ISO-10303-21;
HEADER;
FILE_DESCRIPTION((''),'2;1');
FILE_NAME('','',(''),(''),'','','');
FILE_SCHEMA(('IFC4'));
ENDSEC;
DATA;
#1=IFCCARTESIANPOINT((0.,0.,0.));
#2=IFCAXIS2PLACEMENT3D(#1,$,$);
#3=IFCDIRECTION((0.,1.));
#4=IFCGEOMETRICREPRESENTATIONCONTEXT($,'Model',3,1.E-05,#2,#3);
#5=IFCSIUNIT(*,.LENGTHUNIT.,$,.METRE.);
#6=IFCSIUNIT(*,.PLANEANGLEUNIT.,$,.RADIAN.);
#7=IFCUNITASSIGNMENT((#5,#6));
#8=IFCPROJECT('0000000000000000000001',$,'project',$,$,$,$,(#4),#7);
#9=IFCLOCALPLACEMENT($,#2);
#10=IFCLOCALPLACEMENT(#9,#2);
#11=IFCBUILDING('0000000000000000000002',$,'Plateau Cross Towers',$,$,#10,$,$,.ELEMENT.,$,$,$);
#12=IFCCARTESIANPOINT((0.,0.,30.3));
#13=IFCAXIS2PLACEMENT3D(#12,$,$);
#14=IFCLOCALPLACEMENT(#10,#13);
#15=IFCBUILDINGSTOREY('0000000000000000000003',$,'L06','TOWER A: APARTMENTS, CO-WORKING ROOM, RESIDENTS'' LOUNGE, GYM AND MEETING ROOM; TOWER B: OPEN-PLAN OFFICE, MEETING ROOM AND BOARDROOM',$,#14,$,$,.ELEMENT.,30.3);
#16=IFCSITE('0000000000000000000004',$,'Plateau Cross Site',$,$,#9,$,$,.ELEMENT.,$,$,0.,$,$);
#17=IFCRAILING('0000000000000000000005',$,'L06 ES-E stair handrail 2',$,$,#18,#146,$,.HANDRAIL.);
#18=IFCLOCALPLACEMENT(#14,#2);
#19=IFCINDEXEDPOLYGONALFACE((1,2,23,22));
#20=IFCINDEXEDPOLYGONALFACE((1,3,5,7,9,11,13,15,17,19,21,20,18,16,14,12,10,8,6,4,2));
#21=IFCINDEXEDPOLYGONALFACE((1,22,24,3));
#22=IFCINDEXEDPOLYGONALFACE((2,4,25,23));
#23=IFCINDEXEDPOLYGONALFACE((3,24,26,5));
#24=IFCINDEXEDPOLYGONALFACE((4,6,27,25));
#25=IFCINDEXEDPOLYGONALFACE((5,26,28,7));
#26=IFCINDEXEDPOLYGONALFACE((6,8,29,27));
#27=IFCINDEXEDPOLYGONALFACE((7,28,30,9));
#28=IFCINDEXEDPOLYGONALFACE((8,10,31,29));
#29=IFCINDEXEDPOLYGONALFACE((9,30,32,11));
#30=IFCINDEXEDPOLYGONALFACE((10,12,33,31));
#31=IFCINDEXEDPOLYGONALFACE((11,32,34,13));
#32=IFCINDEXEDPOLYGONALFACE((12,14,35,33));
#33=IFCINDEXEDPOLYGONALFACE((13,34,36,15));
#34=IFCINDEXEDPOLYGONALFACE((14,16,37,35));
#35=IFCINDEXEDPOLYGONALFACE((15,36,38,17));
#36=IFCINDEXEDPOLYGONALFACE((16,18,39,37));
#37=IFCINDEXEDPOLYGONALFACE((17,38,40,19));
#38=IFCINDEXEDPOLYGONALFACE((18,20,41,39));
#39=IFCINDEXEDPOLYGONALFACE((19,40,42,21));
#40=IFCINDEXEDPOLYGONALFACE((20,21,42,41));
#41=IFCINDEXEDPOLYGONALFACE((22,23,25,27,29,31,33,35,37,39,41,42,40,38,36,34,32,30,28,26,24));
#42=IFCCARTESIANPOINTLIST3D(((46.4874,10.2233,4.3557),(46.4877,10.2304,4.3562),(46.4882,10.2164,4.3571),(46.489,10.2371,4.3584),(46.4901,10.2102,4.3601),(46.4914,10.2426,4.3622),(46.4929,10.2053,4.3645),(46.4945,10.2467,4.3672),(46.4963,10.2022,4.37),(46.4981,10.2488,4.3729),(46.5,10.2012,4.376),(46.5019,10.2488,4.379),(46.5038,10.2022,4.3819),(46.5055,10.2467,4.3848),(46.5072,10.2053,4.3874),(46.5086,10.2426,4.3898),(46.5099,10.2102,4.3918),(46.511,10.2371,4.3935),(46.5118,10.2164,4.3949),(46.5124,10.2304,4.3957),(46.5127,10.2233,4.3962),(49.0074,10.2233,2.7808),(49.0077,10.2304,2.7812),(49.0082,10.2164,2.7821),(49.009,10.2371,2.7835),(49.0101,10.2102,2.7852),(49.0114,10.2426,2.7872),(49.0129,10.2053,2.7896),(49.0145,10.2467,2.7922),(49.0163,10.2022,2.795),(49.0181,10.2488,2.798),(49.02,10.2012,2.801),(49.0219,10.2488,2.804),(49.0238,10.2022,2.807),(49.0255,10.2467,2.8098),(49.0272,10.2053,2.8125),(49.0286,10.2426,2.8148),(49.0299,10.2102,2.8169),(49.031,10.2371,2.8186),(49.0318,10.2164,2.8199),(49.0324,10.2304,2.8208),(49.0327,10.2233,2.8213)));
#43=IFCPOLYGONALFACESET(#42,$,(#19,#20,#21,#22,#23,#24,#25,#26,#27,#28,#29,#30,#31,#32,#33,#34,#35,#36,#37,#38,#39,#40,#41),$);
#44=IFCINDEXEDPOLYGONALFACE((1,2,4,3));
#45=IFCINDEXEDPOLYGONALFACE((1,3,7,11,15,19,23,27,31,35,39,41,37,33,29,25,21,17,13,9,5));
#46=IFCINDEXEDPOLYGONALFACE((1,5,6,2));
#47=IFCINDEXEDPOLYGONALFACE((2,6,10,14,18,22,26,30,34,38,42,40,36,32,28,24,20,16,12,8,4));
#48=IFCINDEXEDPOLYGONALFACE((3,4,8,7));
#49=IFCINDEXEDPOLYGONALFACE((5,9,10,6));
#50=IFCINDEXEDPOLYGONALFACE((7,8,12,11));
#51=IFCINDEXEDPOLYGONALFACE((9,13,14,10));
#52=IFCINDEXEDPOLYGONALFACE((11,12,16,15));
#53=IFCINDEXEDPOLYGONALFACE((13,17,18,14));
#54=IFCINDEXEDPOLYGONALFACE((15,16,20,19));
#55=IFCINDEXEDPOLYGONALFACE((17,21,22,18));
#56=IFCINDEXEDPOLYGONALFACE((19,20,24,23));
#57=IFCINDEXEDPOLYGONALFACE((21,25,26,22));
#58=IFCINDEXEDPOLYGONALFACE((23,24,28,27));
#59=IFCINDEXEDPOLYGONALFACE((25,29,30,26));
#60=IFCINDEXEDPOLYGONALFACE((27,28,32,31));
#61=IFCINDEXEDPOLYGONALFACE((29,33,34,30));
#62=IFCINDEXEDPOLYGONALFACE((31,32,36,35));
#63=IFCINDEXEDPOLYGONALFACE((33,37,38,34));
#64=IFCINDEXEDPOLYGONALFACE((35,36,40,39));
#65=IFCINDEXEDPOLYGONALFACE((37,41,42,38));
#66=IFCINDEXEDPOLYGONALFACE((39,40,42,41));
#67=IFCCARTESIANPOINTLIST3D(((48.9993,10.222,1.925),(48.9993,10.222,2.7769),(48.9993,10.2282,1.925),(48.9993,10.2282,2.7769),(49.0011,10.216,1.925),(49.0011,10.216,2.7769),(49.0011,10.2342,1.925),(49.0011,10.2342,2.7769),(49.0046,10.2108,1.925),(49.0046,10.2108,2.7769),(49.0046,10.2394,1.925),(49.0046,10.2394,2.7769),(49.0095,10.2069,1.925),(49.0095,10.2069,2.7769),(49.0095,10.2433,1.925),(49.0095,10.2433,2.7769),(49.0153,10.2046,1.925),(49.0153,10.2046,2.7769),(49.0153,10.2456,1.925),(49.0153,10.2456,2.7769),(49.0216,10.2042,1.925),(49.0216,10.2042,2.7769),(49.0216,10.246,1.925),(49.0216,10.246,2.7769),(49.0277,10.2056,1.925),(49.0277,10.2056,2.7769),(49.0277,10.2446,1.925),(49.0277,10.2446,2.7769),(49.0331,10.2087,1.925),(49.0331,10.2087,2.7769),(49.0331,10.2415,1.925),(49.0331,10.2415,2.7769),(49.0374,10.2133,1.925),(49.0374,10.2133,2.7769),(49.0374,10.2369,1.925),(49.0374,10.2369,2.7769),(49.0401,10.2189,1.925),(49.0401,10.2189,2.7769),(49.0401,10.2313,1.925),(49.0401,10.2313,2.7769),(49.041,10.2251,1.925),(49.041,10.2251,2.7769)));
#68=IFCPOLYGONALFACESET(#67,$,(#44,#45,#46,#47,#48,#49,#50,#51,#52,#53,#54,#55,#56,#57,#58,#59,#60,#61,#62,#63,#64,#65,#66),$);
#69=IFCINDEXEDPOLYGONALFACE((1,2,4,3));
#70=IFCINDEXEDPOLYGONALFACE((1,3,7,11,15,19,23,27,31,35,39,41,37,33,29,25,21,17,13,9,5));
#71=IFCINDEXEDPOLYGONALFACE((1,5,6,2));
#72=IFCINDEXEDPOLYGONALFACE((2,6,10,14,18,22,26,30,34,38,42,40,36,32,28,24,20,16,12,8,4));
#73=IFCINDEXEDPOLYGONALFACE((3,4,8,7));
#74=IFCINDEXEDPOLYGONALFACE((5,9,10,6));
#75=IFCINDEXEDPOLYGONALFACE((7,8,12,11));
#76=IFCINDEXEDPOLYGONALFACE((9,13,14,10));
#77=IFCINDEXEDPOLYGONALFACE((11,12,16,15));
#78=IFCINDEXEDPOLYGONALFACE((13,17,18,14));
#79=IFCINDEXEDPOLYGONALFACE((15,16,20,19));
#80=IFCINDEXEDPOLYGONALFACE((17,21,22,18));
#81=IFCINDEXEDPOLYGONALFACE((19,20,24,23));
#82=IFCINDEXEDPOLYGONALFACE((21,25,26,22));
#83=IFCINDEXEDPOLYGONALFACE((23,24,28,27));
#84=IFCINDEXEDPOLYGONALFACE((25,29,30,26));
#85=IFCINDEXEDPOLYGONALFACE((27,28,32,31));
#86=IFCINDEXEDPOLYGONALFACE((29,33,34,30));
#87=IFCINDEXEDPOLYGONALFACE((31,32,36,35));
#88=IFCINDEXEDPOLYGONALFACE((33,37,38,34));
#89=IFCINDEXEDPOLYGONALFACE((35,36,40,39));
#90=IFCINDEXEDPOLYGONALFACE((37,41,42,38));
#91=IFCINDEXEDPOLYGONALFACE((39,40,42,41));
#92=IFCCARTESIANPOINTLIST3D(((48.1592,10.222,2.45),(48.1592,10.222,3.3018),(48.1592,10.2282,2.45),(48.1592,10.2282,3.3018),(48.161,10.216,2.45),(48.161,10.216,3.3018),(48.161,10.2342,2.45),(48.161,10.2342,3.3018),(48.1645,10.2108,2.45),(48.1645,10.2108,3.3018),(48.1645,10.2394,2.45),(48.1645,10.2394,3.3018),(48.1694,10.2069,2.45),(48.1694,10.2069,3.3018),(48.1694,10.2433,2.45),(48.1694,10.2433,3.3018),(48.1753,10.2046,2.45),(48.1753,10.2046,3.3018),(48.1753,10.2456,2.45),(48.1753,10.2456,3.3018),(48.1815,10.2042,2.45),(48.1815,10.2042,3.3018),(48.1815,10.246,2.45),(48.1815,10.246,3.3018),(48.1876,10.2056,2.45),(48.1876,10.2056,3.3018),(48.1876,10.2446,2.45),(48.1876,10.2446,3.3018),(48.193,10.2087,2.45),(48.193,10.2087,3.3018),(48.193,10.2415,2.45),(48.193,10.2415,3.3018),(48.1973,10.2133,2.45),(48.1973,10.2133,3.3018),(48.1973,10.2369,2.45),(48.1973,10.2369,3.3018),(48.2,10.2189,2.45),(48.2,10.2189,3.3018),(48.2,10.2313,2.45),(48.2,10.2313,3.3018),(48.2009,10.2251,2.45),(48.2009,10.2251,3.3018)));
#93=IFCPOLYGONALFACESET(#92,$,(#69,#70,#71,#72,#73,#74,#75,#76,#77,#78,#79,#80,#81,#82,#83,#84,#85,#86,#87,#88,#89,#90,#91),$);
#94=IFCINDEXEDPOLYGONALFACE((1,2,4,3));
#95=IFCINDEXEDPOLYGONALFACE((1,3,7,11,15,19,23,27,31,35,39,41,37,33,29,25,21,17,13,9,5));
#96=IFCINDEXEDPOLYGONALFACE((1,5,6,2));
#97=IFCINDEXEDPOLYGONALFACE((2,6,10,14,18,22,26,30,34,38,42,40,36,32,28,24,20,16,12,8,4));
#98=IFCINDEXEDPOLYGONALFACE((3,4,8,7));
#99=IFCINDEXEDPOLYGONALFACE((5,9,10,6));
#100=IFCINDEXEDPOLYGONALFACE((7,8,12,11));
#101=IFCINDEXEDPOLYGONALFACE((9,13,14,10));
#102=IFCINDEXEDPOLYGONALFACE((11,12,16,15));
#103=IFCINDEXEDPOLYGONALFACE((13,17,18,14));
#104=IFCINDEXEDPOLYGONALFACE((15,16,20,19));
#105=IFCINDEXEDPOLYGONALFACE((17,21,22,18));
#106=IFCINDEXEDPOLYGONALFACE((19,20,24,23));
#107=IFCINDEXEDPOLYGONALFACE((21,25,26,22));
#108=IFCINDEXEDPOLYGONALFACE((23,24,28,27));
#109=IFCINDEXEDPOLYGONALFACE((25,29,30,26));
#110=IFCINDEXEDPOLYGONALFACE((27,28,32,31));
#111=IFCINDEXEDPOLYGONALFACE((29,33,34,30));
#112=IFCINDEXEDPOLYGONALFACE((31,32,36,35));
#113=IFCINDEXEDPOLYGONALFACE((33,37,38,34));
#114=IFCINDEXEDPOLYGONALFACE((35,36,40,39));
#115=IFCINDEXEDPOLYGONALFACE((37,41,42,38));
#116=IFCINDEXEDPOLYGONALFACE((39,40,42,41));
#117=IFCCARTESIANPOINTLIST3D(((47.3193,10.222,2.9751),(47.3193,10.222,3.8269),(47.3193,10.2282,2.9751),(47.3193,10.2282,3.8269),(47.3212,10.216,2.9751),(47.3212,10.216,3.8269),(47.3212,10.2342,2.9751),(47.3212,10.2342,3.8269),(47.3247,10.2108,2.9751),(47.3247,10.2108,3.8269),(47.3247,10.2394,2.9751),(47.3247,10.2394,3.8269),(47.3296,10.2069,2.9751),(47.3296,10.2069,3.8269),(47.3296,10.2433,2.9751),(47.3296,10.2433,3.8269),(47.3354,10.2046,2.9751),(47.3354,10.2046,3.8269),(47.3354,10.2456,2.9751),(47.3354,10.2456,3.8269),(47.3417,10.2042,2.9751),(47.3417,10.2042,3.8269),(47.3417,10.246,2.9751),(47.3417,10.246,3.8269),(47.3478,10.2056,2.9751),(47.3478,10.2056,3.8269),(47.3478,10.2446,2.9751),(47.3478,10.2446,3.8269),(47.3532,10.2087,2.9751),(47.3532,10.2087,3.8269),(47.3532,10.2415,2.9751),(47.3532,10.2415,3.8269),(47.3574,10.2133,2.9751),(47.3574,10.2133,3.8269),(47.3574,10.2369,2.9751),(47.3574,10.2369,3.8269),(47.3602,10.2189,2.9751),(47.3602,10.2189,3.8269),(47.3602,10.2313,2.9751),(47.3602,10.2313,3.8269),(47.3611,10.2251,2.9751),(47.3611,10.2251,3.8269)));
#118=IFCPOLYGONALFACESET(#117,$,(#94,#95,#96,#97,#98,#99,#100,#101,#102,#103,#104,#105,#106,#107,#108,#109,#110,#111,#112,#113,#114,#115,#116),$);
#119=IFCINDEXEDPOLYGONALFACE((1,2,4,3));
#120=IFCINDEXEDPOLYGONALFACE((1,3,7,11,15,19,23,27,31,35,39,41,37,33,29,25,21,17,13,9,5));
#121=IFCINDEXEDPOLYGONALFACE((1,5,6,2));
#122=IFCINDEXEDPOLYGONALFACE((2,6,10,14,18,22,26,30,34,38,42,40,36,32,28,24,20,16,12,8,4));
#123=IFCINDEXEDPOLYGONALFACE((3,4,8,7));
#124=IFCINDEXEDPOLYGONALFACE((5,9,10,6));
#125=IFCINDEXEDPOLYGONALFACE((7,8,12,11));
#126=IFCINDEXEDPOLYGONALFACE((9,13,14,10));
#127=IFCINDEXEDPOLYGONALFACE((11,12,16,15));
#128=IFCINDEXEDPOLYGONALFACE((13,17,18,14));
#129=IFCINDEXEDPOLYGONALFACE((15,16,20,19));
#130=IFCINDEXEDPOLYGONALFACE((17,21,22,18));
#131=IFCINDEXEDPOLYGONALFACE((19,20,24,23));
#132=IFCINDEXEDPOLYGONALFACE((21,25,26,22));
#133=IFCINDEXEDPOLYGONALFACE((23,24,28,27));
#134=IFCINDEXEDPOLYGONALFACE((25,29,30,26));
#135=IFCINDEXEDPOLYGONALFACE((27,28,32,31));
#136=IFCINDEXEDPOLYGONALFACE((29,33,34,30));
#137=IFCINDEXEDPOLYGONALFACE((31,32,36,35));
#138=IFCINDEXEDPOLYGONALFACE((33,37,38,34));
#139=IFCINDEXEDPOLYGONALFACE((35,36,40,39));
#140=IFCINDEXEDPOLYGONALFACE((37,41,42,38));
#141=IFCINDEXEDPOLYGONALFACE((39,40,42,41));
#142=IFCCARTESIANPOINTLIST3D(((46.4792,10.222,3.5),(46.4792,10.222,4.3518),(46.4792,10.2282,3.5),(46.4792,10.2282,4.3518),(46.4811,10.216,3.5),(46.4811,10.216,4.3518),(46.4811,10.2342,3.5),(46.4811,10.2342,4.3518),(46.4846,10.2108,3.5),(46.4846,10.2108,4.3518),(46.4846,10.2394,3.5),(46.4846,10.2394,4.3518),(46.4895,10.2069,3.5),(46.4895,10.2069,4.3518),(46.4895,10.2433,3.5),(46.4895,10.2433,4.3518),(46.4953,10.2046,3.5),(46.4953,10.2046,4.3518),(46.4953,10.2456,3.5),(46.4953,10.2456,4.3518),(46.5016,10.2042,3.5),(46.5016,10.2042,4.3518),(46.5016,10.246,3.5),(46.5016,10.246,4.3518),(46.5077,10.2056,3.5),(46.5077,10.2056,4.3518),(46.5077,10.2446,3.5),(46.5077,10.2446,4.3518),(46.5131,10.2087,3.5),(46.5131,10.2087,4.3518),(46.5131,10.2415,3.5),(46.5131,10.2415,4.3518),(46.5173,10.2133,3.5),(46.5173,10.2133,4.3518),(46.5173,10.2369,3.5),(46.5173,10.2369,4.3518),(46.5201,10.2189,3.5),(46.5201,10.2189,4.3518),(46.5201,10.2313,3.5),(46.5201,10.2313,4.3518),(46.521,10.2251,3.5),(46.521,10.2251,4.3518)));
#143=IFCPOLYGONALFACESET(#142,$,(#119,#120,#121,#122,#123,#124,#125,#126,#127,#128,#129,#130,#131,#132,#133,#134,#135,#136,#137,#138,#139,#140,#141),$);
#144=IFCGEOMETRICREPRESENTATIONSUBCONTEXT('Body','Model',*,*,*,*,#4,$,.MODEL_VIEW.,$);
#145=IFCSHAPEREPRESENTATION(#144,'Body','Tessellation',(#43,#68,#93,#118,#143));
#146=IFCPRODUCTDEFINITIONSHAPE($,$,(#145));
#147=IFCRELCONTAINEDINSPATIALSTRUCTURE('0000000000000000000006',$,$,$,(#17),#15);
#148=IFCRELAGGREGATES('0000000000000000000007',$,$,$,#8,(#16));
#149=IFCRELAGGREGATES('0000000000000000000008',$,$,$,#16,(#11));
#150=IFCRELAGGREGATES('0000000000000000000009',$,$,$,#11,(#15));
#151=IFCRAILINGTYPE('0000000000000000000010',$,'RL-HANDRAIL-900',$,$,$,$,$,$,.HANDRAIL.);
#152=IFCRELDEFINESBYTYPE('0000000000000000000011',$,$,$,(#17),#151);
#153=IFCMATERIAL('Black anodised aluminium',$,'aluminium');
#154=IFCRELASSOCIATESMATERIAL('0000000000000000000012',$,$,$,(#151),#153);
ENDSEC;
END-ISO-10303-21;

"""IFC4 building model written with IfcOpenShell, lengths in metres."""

from ifc_helpers import new_model, si_unit, direction, frame, origin, origin_2d, place, context, subcontext, project, spatial, circle, extrude, material, type_object, element, save


model = new_model("IFC4")

# Units and contexts
model_context = context("Model", 3, precision=1e-05, world=origin(), true_north=direction((0.0, 1.0)))
body_context = subcontext(model_context, "Body", "Model", "MODEL_VIEW")
ifc_project = project(units=[si_unit("LENGTHUNIT", "METRE"), si_unit("PLANEANGLEUNIT", "RADIAN")], contexts=[model_context])

# Site, building, storey
site_placement = place(None, origin())
site = spatial("IfcSite", under=ifc_project, at=site_placement, Name="Plateau Cross Site", CompositionType="ELEMENT", RefElevation=0.0)
building_placement = place(site_placement, origin())
building = spatial("IfcBuilding", under=site, at=building_placement, Name="Plateau Cross Towers", CompositionType="ELEMENT")
storey_placement = place(building_placement, frame((0.0, 0.0, 30.3)))
storey = spatial("IfcBuildingStorey", under=building, at=storey_placement, Name="L06", Description="TOWER A: APARTMENTS, CO-WORKING ROOM, RESIDENTS' LOUNGE, GYM AND MEETING ROOM; TOWER B: OPEN-PLAN OFFICE, MEETING ROOM AND BOARDROOM", CompositionType="ELEMENT", Elevation=30.3)

# Shared definitions
ifc_material_1 = material(Name="Black anodised aluminium", Category="aluminium")

# Railing
railing_type_1 = type_object("IfcRailingType", Name="RL-HANDRAIL-900", PredefinedType="HANDRAIL", material=ifc_material_1)
railing_1_placement = place(storey_placement, frame((49.02, 10.2251, 1.925)))
element("IfcRailing", 1, at=railing_1_placement, inside=storey, type_object=railing_type_1, Name="L06 ES-E stair handrail 2", PredefinedType="HANDRAIL", context=body_context, shape_type="SweptSolid", body=[
    extrude(circle(Radius=0.0239, at=origin_2d()), frame((0.0, 0.0, 0.876), z_axis=(-0.848008, 0.0, 0.529984), x_axis=(0.0, -1.0, 0.0)), (0.0, 0.0, 1.0), 2.9717),
    extrude(circle(Radius=0.021, at=origin_2d()), origin(), (0.0, 0.0, 1.0), 0.8518),
    extrude(circle(Radius=0.021, at=origin_2d()), frame((-0.8401, 0.0, 0.5249)), (0.0, 0.0, 1.0), 0.8518),
    extrude(circle(Radius=0.021, at=origin_2d()), frame((-1.6799, 0.0, 1.05)), (0.0, 0.0, 1.0), 0.8518),
    extrude(circle(Radius=0.021, at=origin_2d()), frame((-2.52, 0.0, 1.575)), (0.0, 0.0, 1.0), 0.8518),
])

save(model, "model.ifc")
